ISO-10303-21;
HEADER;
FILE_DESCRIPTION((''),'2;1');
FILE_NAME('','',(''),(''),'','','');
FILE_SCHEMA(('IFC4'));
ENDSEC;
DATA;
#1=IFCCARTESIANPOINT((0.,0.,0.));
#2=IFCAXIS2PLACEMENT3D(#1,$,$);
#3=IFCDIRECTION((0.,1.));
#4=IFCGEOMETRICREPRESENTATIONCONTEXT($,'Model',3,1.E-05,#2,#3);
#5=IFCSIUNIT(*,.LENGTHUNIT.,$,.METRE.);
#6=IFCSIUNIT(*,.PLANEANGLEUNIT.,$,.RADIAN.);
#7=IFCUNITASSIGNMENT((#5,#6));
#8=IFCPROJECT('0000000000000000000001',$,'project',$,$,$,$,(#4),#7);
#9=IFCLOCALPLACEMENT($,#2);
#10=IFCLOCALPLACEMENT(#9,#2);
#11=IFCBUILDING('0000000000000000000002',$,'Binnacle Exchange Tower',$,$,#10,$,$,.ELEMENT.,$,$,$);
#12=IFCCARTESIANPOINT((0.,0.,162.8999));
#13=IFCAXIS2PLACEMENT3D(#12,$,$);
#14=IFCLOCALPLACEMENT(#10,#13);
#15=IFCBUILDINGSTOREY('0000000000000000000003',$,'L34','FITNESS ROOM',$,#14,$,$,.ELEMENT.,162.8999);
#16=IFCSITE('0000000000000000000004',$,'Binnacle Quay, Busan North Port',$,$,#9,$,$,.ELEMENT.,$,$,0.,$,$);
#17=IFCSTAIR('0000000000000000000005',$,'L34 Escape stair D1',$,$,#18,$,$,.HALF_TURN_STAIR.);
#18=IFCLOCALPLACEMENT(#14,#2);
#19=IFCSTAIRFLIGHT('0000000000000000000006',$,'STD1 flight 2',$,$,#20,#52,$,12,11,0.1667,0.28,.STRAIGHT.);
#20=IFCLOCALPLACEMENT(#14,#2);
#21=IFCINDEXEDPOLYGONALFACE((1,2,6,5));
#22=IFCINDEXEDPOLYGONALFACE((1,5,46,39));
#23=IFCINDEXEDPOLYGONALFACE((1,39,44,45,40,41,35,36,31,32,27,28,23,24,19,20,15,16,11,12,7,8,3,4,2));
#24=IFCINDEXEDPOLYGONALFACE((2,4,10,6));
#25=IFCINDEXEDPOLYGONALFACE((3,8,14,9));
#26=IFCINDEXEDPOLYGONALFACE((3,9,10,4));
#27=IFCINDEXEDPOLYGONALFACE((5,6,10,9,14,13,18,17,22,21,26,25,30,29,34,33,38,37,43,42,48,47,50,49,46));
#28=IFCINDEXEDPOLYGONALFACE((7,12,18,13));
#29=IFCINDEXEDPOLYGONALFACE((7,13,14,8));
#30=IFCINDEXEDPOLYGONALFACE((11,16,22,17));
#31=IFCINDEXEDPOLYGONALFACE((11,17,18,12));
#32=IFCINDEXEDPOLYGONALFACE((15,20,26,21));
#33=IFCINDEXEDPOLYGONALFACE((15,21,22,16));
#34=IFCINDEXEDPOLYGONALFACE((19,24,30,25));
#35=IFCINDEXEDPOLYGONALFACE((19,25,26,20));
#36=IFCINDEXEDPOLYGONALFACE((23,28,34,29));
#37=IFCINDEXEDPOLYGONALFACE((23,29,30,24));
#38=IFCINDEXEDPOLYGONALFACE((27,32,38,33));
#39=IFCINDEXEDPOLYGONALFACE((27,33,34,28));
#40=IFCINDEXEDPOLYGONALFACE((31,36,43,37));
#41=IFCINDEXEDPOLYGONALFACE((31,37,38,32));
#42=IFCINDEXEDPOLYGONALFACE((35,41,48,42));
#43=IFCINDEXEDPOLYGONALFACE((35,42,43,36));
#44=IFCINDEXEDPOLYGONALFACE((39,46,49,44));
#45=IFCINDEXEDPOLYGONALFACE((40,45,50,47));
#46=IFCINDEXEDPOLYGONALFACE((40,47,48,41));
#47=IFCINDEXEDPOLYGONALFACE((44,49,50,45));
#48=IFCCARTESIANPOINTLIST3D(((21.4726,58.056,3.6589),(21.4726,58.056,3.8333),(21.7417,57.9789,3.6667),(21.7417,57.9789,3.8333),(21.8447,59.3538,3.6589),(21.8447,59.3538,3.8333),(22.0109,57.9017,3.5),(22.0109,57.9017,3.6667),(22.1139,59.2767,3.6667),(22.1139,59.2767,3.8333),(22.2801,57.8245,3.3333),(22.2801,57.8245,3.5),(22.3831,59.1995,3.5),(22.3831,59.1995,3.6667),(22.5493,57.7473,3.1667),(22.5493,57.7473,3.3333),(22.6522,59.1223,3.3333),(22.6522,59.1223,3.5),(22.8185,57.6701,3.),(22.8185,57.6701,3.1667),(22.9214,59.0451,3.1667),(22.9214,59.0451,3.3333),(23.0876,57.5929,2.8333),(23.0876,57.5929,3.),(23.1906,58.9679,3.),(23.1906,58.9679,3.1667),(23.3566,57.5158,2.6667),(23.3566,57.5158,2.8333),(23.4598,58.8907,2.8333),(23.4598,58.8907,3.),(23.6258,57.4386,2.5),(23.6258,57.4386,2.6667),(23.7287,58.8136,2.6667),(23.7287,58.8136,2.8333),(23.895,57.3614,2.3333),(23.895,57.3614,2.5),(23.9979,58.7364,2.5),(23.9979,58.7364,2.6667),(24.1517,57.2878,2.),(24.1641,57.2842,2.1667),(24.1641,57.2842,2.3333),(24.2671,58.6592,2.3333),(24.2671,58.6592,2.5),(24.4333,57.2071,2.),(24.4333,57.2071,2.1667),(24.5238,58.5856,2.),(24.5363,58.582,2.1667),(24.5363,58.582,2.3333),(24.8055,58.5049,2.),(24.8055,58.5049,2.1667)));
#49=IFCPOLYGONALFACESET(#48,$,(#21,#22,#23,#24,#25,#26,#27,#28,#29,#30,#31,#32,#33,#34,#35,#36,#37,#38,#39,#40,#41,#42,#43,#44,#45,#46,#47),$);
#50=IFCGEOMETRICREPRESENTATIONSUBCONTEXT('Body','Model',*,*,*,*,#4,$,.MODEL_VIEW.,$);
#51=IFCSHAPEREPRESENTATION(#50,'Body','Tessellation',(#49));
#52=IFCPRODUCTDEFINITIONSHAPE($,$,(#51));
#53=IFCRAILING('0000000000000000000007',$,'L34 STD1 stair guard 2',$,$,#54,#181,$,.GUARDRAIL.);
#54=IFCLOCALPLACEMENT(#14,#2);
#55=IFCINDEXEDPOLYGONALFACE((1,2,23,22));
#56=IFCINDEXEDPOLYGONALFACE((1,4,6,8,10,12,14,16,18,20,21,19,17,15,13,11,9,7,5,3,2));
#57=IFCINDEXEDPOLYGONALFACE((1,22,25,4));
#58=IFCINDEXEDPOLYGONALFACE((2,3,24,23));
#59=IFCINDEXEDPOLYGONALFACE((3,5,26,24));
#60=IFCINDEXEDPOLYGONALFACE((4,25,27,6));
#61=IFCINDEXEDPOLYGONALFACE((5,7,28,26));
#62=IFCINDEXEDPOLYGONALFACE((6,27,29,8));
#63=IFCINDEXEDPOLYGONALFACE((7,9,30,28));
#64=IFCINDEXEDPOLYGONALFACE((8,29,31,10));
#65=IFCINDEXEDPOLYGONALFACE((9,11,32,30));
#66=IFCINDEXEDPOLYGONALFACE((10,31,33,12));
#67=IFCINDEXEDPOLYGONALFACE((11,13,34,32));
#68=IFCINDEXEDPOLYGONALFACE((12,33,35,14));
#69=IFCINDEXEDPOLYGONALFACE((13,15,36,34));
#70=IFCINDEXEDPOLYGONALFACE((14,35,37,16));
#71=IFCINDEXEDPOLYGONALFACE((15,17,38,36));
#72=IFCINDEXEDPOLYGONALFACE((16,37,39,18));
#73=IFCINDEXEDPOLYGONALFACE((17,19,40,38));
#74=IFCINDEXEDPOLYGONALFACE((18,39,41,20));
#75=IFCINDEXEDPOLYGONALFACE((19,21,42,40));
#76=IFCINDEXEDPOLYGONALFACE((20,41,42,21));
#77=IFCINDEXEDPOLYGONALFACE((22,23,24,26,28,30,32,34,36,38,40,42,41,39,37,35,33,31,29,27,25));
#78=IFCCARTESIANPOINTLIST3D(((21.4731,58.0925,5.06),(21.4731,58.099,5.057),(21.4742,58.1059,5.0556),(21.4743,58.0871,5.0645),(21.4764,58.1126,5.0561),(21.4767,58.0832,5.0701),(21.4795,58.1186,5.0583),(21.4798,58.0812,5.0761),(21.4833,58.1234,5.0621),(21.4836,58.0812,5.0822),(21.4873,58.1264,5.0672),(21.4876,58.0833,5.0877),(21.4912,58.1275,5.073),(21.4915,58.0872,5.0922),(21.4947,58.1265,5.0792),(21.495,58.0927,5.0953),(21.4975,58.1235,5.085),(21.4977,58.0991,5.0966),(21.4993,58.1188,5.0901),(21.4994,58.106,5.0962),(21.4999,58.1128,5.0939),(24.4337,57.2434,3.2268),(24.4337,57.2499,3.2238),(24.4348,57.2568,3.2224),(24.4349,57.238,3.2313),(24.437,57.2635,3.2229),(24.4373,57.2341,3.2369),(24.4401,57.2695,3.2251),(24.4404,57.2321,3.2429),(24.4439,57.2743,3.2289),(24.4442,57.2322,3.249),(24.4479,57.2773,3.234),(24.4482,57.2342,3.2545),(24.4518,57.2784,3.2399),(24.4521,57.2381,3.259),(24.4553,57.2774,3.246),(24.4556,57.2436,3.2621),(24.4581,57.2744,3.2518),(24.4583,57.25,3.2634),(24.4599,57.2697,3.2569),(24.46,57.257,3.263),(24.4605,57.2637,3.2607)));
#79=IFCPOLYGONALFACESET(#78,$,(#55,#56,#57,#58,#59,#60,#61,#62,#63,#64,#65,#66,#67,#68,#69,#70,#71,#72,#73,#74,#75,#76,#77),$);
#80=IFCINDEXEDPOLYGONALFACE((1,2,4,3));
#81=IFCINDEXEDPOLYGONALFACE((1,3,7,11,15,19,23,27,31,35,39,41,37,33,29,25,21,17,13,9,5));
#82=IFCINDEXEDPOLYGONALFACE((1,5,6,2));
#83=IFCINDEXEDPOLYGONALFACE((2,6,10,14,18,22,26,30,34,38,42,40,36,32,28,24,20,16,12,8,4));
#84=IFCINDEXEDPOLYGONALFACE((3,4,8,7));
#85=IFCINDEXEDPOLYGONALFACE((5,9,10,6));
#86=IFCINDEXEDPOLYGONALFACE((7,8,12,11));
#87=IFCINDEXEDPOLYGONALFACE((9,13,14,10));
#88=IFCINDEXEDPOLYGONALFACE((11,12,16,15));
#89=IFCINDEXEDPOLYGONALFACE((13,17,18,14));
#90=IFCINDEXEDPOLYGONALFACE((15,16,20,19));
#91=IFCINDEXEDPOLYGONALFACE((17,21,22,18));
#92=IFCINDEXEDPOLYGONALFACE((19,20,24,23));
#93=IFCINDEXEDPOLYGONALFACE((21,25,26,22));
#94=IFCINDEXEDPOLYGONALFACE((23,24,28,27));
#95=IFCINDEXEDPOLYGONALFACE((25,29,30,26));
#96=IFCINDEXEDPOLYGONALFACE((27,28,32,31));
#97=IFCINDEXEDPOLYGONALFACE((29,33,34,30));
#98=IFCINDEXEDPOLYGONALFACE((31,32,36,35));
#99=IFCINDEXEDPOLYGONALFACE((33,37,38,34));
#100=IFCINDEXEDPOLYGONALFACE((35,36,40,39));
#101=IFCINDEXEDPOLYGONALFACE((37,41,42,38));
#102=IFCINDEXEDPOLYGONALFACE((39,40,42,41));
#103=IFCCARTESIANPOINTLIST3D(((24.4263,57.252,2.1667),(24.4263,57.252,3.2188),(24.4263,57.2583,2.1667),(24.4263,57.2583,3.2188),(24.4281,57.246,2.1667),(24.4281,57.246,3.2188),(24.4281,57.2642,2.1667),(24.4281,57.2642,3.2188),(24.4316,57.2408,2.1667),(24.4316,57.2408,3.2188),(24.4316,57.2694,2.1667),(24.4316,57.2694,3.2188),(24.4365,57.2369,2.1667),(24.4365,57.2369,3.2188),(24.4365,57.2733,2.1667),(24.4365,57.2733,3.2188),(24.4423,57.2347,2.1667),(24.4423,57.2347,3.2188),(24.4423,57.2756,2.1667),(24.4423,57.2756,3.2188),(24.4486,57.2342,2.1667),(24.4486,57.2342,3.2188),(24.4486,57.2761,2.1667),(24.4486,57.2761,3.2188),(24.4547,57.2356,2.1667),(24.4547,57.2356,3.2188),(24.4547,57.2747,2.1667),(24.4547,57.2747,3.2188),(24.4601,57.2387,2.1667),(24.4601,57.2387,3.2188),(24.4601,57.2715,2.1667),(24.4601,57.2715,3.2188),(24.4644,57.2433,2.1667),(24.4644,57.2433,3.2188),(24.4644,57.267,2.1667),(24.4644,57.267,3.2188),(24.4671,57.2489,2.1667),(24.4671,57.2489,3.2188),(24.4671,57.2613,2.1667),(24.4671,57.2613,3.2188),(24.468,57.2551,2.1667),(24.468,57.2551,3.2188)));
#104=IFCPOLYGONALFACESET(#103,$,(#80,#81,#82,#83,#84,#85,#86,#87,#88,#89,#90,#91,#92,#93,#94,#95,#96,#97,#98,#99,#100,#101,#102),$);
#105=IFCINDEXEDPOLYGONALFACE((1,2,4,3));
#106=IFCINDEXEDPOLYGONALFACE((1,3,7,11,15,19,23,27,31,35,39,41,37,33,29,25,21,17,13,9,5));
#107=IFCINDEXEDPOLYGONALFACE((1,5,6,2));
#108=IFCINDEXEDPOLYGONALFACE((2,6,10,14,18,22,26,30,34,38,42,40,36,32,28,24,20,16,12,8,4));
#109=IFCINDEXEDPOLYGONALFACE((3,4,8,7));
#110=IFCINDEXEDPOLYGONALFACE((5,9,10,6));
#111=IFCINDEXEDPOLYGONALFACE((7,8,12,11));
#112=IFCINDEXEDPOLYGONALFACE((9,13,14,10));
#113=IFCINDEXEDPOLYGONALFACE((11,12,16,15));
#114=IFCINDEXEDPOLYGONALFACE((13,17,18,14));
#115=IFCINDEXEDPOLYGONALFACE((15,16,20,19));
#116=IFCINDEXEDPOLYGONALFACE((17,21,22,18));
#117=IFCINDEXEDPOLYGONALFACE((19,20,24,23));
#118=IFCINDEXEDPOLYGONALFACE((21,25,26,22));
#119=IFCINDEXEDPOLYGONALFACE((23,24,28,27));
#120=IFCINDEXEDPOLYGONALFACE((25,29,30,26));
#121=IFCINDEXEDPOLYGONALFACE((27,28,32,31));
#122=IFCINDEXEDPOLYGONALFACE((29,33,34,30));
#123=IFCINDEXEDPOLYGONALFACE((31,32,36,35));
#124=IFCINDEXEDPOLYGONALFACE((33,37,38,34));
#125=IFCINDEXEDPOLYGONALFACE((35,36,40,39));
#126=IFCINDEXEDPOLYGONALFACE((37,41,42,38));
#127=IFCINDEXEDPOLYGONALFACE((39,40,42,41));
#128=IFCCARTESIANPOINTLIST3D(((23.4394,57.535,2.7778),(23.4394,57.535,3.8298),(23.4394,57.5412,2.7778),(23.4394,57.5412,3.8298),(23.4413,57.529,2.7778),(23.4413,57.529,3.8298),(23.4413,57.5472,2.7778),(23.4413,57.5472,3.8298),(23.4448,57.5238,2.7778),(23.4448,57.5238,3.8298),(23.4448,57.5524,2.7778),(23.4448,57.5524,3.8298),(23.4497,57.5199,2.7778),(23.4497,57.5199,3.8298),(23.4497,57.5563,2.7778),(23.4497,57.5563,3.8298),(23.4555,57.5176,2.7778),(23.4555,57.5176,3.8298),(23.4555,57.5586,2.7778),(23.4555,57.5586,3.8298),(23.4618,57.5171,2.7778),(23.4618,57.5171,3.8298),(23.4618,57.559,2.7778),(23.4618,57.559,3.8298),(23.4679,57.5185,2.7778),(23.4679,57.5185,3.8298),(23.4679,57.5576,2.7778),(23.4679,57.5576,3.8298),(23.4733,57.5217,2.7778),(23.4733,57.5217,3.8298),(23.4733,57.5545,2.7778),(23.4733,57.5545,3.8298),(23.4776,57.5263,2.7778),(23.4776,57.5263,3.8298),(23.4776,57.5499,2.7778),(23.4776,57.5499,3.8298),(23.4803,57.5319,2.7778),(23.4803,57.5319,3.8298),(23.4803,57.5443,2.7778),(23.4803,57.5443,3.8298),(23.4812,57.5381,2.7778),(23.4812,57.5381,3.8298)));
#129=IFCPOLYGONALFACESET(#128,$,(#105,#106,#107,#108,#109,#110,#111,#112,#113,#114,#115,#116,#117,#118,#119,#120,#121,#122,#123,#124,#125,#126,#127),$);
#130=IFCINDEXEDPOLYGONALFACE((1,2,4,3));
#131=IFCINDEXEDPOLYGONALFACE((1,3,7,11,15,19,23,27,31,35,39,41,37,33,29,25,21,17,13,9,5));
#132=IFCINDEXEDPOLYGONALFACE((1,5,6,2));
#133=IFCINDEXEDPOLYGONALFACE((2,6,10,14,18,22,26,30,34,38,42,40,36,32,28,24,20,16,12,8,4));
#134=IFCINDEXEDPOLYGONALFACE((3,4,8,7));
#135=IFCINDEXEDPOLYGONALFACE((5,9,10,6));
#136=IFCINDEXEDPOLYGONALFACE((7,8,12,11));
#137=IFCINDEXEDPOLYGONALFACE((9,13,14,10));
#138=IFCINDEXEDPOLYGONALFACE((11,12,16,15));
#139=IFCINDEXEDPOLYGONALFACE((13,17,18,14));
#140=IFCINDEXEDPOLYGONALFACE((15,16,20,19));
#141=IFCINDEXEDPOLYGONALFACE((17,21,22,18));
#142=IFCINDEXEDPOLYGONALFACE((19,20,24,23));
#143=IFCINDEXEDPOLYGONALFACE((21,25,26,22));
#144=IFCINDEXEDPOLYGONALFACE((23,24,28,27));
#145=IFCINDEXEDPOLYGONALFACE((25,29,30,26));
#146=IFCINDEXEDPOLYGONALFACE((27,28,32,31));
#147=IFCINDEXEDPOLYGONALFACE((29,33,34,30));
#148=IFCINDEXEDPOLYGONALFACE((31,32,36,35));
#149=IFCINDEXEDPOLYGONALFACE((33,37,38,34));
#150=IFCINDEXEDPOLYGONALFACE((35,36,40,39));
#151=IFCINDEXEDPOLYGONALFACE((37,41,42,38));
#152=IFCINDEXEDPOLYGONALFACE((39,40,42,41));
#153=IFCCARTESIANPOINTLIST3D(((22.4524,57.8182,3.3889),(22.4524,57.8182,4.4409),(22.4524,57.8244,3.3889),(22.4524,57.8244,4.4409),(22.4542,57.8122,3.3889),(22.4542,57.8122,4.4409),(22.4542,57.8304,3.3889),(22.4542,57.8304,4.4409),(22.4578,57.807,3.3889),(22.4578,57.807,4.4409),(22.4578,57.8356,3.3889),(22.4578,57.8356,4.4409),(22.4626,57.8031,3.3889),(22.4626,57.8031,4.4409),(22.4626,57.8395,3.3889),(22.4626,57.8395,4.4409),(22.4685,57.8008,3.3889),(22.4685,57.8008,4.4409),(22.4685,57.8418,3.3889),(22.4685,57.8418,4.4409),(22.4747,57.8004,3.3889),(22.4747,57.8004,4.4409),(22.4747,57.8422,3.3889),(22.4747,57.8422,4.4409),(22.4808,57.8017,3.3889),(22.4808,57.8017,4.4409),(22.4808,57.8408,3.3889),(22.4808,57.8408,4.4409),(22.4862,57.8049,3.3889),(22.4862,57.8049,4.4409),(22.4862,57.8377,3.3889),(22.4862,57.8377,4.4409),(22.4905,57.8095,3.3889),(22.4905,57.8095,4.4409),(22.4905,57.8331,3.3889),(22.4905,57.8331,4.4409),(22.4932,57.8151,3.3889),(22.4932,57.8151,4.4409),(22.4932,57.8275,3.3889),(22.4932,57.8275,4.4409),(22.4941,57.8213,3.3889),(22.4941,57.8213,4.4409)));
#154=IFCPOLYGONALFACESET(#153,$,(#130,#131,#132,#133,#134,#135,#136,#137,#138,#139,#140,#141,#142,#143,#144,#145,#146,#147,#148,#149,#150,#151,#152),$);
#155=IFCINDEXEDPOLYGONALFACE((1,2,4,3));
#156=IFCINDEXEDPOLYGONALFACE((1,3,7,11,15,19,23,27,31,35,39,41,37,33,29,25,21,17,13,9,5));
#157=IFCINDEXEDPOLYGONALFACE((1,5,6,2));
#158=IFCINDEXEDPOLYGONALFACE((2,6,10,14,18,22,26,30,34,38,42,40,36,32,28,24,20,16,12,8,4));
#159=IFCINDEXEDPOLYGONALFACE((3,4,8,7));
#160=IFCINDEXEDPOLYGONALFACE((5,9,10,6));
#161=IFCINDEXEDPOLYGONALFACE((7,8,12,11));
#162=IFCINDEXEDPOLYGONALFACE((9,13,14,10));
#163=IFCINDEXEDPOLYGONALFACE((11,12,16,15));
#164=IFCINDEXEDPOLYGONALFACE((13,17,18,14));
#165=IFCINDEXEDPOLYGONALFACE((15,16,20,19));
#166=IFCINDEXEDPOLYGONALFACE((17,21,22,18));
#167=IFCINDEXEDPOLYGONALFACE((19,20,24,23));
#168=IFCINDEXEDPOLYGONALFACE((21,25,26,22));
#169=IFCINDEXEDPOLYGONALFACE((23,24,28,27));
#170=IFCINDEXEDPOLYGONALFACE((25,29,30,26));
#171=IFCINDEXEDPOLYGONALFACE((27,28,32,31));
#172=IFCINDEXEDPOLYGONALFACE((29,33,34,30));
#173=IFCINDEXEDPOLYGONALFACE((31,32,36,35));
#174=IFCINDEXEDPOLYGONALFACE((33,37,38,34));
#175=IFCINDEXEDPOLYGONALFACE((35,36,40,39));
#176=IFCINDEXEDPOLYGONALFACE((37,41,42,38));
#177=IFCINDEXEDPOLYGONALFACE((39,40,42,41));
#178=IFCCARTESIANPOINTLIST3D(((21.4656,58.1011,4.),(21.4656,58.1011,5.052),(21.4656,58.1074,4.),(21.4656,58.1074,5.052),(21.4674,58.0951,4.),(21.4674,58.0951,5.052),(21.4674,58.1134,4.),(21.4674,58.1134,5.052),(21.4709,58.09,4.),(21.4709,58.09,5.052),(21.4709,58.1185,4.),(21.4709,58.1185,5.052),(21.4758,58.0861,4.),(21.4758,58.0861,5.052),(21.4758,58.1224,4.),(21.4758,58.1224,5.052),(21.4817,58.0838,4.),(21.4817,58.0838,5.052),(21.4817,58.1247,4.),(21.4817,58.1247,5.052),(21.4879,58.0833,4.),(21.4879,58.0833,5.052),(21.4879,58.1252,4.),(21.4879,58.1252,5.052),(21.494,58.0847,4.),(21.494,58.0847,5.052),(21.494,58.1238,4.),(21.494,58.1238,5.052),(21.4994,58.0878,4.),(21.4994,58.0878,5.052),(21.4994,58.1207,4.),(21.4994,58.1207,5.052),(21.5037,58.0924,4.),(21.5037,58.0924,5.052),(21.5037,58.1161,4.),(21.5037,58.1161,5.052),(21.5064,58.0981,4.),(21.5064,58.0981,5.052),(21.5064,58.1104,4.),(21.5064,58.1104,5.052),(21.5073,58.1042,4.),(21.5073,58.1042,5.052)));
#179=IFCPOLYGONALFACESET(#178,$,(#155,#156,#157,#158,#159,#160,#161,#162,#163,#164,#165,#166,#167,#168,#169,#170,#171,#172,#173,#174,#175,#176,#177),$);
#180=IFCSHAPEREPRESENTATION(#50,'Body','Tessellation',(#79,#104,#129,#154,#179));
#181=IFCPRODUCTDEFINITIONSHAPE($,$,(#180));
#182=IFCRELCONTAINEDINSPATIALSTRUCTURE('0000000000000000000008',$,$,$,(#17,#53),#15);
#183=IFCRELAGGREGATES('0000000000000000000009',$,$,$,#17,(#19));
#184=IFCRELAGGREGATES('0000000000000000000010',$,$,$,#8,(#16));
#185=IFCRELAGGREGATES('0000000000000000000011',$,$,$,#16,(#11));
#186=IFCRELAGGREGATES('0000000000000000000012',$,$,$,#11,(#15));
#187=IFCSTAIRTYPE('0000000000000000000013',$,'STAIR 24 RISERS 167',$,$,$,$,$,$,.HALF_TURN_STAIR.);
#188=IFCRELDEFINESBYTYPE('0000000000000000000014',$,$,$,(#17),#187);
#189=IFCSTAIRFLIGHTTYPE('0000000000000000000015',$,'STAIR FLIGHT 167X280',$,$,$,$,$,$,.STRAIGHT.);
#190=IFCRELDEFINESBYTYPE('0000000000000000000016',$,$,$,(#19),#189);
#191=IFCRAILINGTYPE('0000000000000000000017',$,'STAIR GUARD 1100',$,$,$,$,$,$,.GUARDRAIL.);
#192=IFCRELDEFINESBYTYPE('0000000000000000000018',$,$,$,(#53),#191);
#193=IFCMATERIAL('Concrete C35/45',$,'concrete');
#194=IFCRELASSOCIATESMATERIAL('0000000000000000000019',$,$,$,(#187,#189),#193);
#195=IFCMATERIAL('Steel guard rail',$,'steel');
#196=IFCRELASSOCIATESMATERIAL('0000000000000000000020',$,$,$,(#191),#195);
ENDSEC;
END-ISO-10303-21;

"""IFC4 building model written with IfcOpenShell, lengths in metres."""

from ifc_helpers import new_model, si_unit, direction, frame, origin, origin_2d, place, context, subcontext, project, spatial, polyline, circle, outline, extrude, material, type_object, element, aggregate, save


model = new_model("IFC4")

# Units and contexts
model_context = context("Model", 3, precision=1e-05, world=origin(), true_north=direction((0.0, 1.0)))
body_context = subcontext(model_context, "Body", "Model", "MODEL_VIEW")
ifc_project = project(units=[si_unit("LENGTHUNIT", "METRE"), si_unit("PLANEANGLEUNIT", "RADIAN")], contexts=[model_context])

# Site, building, storey
site_placement = place(None, origin())
site = spatial("IfcSite", under=ifc_project, at=site_placement, Name="Binnacle Quay, Busan North Port", CompositionType="ELEMENT", RefElevation=0.0)
building_placement = place(site_placement, origin())
building = spatial("IfcBuilding", under=site, at=building_placement, Name="Binnacle Exchange Tower", CompositionType="ELEMENT")
storey_placement = place(building_placement, frame((0.0, 0.0, 162.8999)))
storey = spatial("IfcBuildingStorey", under=building, at=storey_placement, Name="L34", Description="FITNESS ROOM", CompositionType="ELEMENT", Elevation=162.8999)

# Stair, stair flight
ifc_material_1 = material(Name="Concrete C35/45", Category="concrete")
stair_type = type_object("IfcStairType", Name="STAIR 24 RISERS 167", PredefinedType="HALF_TURN_STAIR", material=ifc_material_1)
stair_placement = place(storey_placement, origin())
stair = element("IfcStair", 1, at=stair_placement, inside=storey, type_object=stair_type, Name="L34 Escape stair D1", PredefinedType="HALF_TURN_STAIR")
stair_flight_type = type_object("IfcStairFlightType", Name="STAIR FLIGHT 167X280", PredefinedType="STRAIGHT", material=ifc_material_1)
stair_flight_placement = place(storey_placement, frame((24.6194, 57.856, 2.0), z_axis=(0.0, 0.0, 1.0), x_axis=(-0.961262, 0.275637, 0.0)))
stair_flight = element("IfcStairFlight", 2, at=stair_flight_placement, type_object=stair_flight_type, Name="STD1 flight 2", NumberOfRisers=12, NumberOfTreads=11, PredefinedType="STRAIGHT", RiserHeight=0.1667, TreadLength=0.28, context=body_context, shape_type="SweptSolid", body=[
    extrude(outline(polyline([(0.0, 0.0), (0.0, 0.1667), (0.28, 0.1667), (0.28, 0.3333), (0.5601, 0.3333), (0.5601, 0.5), (0.8401, 0.5), (0.8401, 0.6667), (1.1201, 0.6667), (1.1201, 0.8333), (1.3999, 0.8333), (1.3999, 1.0), (1.6799, 1.0), (1.6799, 1.1667), (1.96, 1.1667), (1.96, 1.3333), (2.24, 1.3333), (2.24, 1.5), (2.52, 1.5), (2.52, 1.6667), (2.8, 1.6667), (2.8, 1.8333), (3.0801, 1.8333), (3.0801, 2.0), (3.0801, 1.6589), (0.293, 0.0), (0.0, 0.0)])), frame((0.0, 0.675, 0.0), z_axis=(0.0, -1.0, 0.0), x_axis=(1.0, 0.0, 0.0)), (0.0, 0.0, 1.0), 1.3501),
])
aggregate(stair, [stair_flight])

# Railing
ifc_material_2 = material(Name="Steel guard rail", Category="steel")
railing_type = type_object("IfcRailingType", Name="STAIR GUARD 1100", PredefinedType="GUARDRAIL", material=ifc_material_2)
railing_placement = place(storey_placement, frame((24.447, 57.2551, 2.1667)))
element("IfcRailing", 3, at=railing_placement, inside=storey, type_object=railing_type, Name="L34 STD1 stair guard 2", PredefinedType="GUARDRAIL", context=body_context, shape_type="SweptSolid", body=[
    extrude(circle(Radius=0.0239, at=origin_2d()), frame((0.0, 0.0, 1.0762), z_axis=(-0.826007, 0.236897, 0.511461), x_axis=(-0.275684, -0.961248, 0.0)), (0.0, 0.0, 1.0), 3.5842),
    extrude(circle(Radius=0.021, at=origin_2d()), origin(), (0.0, 0.0, 1.0), 1.052),
    extrude(circle(Radius=0.021, at=origin_2d()), frame((-0.9868, 0.283, 0.6111)), (0.0, 0.0, 1.0), 1.052),
    extrude(circle(Radius=0.021, at=origin_2d()), frame((-1.9739, 0.5662, 1.2222)), (0.0, 0.0, 1.0), 1.052),
    extrude(circle(Radius=0.021, at=origin_2d()), frame((-2.9607, 0.8491, 1.8333)), (0.0, 0.0, 1.0), 1.052),
])

save(model, "model.ifc")
